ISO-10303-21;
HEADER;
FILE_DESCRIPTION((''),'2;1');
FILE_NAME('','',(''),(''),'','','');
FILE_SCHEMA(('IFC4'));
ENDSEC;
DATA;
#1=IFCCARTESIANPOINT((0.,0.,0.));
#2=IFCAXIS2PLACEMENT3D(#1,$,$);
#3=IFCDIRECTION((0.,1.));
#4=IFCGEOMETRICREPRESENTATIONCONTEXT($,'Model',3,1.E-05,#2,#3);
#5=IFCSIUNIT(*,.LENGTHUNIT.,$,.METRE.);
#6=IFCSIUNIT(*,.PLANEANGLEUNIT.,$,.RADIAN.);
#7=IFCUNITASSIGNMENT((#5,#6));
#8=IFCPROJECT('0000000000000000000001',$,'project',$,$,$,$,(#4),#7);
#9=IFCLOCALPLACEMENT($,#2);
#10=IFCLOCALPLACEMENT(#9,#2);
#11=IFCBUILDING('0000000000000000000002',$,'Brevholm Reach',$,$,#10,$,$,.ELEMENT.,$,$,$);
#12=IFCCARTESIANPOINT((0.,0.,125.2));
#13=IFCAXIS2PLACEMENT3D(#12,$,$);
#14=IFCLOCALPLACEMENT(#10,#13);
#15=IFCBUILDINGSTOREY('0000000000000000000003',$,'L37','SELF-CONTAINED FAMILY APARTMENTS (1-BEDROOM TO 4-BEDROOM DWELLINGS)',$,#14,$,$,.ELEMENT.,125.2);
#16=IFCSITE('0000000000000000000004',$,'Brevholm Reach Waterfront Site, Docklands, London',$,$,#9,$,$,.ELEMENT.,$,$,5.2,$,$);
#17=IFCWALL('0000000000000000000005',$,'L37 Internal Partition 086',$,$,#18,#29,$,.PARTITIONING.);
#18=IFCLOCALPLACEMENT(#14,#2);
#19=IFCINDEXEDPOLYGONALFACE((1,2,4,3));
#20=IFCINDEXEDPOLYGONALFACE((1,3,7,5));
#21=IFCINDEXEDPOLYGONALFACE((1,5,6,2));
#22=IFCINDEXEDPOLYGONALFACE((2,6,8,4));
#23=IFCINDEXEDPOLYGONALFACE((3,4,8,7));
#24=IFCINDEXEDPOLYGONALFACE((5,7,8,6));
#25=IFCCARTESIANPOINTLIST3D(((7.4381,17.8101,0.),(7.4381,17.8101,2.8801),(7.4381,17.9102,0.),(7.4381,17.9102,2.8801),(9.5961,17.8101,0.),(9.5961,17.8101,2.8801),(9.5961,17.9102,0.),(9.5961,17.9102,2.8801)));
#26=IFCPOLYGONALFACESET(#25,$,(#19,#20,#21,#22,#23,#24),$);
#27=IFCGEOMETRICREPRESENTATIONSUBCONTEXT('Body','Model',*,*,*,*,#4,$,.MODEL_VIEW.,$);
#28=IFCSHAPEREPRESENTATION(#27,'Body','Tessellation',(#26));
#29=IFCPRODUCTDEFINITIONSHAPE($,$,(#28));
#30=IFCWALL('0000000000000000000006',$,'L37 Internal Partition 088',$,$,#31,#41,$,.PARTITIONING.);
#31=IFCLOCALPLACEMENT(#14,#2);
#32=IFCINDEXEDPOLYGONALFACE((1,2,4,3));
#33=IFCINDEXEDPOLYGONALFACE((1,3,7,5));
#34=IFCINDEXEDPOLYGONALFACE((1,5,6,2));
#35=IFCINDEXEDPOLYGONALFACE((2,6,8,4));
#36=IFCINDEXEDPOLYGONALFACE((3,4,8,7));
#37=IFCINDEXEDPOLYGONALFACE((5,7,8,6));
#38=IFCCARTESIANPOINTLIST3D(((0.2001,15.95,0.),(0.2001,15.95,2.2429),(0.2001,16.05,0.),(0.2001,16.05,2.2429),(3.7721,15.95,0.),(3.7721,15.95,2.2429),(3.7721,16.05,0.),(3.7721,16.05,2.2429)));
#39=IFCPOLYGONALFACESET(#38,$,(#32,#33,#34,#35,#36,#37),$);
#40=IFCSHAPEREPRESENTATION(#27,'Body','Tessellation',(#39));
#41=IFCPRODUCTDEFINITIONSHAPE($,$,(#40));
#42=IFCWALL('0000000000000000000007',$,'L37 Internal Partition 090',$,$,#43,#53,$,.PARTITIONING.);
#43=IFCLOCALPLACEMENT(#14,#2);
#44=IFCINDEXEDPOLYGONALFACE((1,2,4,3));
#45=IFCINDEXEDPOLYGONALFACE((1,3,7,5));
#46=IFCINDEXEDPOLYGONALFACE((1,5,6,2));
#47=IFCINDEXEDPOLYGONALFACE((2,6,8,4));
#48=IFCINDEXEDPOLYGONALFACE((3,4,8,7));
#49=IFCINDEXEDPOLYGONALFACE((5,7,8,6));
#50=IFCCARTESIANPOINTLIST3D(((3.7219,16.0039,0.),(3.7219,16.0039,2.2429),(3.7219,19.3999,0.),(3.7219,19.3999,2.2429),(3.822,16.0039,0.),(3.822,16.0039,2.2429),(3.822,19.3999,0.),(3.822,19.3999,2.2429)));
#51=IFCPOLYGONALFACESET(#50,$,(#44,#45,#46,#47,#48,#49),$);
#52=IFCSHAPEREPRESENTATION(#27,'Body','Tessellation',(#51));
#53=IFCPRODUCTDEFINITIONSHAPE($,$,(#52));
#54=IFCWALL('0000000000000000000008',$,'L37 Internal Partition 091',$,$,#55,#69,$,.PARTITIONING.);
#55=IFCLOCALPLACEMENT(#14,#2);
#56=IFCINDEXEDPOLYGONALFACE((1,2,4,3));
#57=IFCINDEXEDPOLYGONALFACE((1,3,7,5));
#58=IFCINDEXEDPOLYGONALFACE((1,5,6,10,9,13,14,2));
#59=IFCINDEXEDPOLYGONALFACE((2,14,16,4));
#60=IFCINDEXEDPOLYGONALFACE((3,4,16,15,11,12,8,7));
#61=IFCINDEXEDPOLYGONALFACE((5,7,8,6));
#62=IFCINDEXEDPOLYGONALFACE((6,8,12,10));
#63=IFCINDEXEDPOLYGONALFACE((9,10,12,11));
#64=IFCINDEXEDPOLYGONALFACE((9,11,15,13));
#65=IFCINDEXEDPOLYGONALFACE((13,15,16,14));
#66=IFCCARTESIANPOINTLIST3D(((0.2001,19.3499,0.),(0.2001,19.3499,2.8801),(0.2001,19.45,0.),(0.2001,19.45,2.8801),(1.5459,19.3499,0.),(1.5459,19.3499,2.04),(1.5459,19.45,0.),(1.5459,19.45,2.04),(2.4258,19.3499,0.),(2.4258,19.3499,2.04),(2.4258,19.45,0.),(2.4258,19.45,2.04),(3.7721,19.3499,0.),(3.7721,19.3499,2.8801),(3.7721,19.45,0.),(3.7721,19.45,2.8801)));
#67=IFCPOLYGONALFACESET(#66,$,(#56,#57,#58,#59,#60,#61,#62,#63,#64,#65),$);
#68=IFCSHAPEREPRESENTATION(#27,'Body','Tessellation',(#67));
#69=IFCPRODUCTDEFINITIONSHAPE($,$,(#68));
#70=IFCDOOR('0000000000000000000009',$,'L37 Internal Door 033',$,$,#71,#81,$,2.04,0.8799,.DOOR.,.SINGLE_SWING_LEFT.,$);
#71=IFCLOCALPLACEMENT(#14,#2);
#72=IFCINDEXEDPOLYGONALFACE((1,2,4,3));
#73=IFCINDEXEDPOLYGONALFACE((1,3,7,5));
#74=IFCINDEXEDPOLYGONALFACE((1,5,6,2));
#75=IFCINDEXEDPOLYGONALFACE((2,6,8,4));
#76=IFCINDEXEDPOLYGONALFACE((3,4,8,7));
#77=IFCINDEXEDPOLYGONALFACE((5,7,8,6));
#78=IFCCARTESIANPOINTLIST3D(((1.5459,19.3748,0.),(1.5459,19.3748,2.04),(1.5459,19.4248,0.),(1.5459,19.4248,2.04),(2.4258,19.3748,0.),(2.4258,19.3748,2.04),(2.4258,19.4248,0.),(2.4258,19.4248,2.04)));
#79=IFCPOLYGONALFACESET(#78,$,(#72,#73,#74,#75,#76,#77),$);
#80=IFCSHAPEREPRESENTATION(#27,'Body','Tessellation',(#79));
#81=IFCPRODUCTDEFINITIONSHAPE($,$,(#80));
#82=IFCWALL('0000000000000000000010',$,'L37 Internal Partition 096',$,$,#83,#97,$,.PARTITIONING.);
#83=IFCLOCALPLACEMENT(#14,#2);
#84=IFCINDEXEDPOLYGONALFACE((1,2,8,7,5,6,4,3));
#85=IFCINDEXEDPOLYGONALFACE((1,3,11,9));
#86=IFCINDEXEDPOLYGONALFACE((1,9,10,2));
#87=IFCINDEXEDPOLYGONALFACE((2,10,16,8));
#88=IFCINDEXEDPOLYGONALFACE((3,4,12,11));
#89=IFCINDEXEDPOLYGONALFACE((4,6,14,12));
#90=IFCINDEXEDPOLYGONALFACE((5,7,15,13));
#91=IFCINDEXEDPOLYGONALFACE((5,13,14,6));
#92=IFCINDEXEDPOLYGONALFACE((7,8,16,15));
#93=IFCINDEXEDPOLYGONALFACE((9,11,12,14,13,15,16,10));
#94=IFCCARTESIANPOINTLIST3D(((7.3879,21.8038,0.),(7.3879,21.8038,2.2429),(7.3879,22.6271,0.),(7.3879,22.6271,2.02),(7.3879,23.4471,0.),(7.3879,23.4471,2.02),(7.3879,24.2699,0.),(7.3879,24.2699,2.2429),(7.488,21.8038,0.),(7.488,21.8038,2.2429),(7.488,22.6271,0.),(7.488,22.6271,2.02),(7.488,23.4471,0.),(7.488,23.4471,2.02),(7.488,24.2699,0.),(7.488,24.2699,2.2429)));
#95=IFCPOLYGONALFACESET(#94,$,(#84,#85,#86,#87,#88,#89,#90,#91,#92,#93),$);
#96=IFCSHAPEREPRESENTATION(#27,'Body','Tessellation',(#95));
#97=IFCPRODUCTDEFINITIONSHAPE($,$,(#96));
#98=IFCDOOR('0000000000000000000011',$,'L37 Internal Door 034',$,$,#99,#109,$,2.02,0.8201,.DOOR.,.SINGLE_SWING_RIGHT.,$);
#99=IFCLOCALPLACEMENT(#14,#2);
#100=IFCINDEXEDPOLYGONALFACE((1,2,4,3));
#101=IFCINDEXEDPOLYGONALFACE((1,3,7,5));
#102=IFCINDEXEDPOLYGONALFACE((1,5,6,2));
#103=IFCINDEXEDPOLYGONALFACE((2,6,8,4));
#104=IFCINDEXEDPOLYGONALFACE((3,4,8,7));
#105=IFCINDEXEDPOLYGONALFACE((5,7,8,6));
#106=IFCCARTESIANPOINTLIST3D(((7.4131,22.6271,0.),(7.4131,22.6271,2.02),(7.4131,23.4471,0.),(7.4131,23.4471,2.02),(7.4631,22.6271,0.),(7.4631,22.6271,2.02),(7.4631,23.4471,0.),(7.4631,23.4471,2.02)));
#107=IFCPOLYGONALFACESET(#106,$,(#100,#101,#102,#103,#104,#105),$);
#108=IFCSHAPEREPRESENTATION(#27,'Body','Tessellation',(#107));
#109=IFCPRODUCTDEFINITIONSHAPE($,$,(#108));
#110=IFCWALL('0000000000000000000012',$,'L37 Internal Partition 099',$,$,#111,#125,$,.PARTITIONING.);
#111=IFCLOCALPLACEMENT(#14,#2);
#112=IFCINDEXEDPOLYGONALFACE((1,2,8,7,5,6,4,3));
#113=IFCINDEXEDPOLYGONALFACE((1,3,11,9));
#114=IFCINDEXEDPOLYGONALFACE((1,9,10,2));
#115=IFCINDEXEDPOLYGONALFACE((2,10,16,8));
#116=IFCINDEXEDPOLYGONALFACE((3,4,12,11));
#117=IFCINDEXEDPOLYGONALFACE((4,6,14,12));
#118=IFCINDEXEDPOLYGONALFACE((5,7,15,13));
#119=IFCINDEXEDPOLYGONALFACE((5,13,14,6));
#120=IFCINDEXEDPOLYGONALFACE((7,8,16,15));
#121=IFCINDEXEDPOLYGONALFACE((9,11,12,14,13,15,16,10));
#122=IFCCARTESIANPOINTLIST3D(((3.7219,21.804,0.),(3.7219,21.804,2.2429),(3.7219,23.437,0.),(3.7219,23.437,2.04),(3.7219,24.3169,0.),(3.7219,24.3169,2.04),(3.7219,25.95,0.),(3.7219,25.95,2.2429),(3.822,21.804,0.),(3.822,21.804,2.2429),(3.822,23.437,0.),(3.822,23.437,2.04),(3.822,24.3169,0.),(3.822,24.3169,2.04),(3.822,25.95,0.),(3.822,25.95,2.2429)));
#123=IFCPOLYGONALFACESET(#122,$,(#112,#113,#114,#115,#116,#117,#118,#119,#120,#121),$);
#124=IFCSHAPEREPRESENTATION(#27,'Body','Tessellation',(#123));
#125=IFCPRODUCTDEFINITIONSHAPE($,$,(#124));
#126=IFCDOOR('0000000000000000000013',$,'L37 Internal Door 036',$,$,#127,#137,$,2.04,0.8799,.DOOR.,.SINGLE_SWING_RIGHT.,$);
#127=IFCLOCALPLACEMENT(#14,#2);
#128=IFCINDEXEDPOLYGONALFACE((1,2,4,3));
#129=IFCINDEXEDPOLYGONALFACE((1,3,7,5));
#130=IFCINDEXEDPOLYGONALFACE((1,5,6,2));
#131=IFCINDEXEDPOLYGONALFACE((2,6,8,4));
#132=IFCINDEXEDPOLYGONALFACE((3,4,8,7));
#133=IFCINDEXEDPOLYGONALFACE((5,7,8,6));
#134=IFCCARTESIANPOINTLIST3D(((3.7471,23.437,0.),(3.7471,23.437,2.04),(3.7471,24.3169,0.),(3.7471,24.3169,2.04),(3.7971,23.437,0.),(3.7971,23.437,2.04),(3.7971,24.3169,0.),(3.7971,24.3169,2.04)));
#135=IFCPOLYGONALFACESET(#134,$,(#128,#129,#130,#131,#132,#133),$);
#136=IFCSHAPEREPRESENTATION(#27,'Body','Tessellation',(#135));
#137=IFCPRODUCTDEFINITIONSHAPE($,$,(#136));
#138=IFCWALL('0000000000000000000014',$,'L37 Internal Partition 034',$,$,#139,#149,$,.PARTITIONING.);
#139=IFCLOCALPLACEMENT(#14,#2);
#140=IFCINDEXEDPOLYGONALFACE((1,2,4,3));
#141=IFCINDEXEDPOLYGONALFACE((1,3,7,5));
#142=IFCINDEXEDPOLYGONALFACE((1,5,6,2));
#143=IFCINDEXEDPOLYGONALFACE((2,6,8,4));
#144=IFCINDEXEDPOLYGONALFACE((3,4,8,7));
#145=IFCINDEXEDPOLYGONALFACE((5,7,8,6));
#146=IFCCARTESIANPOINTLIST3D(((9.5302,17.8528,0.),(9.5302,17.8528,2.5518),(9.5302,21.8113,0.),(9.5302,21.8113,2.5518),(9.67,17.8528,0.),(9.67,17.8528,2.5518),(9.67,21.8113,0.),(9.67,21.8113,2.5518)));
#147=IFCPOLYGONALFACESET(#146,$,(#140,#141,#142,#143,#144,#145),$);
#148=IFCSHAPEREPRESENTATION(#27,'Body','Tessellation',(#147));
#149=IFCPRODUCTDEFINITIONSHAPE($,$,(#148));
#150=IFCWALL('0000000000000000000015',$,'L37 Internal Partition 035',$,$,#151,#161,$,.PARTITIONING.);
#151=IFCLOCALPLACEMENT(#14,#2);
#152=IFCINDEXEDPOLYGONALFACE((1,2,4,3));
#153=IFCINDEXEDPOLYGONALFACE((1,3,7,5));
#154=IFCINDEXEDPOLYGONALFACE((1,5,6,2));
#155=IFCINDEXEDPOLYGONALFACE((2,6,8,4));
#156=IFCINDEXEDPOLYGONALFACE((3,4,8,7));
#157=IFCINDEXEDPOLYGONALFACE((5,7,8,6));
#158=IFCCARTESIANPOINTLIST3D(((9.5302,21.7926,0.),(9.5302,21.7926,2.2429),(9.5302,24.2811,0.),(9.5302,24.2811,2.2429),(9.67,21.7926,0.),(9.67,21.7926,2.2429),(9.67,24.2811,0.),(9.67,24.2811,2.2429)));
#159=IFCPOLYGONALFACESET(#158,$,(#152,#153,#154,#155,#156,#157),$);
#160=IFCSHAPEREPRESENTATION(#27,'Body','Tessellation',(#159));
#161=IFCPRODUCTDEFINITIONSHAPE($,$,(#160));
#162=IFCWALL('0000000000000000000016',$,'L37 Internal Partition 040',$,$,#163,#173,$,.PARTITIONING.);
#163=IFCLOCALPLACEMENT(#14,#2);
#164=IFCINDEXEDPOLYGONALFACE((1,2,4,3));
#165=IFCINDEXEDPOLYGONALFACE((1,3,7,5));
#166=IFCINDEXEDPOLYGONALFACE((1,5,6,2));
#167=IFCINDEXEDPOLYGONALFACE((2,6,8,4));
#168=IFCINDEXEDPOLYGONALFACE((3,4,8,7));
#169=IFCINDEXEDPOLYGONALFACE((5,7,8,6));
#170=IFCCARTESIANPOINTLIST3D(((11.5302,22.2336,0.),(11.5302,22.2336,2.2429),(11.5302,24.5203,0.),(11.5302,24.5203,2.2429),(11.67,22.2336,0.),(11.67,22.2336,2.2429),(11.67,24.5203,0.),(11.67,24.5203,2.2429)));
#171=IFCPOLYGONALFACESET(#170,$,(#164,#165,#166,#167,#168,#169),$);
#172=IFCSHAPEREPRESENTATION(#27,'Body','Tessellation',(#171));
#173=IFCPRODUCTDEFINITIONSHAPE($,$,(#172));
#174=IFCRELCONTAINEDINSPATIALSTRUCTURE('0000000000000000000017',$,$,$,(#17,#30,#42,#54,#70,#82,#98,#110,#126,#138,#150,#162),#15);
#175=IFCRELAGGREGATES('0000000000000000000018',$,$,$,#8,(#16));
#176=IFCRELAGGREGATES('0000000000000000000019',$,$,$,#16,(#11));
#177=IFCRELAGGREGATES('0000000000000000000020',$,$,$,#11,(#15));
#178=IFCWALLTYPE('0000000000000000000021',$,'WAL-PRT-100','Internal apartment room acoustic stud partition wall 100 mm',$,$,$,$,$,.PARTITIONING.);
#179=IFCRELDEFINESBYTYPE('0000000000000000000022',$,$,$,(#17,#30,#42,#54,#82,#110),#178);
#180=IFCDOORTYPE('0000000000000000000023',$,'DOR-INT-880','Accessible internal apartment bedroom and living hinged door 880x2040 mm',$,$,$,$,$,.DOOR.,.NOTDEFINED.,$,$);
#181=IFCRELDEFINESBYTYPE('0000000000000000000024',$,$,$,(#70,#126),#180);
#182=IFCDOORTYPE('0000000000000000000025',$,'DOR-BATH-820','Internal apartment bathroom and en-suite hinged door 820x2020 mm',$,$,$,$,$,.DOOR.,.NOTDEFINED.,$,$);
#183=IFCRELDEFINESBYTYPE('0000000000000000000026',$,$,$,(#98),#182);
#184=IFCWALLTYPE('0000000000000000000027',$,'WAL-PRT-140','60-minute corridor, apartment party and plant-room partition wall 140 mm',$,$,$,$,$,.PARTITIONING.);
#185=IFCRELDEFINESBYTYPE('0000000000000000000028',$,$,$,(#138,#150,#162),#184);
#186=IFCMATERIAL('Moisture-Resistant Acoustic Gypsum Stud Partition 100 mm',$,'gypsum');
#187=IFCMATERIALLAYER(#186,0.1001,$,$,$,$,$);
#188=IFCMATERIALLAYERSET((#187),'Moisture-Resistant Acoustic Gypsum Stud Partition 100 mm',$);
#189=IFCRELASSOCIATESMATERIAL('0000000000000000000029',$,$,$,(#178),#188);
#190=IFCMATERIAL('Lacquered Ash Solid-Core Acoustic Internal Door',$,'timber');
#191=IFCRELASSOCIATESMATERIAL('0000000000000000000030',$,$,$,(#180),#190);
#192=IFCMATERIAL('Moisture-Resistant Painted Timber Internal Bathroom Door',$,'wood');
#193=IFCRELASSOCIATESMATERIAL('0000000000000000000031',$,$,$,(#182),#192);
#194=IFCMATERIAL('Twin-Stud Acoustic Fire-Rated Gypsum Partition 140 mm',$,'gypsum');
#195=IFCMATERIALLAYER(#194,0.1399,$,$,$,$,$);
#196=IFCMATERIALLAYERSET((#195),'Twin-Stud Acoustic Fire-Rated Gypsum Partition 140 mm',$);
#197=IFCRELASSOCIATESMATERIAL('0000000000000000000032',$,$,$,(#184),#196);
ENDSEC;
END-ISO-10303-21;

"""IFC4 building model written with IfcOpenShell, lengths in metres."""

from ifc_helpers import new_model, si_unit, direction, frame, frame_2d, origin, place, context, subcontext, project, spatial, rectangle, extrude, material, layer, layer_set, type_object, element, fill, save


model = new_model("IFC4")

# Units and contexts
model_context = context("Model", 3, precision=1e-05, world=origin(), true_north=direction((0.0, 1.0)))
body_context = subcontext(model_context, "Body", "Model", "MODEL_VIEW")
ifc_project = project(units=[si_unit("LENGTHUNIT", "METRE"), si_unit("PLANEANGLEUNIT", "RADIAN")], contexts=[model_context])

# Site, building, storey
site_placement = place(None, origin())
site = spatial("IfcSite", under=ifc_project, at=site_placement, Name="Brevholm Reach Waterfront Site, Docklands, London", CompositionType="ELEMENT", RefElevation=5.2)
building_placement = place(site_placement, origin())
building = spatial("IfcBuilding", under=site, at=building_placement, Name="Brevholm Reach", CompositionType="ELEMENT")
storey_placement = place(building_placement, frame((0.0, 0.0, 125.2)))
storey = spatial("IfcBuildingStorey", under=building, at=storey_placement, Name="L37", Description="SELF-CONTAINED FAMILY APARTMENTS (1-BEDROOM TO 4-BEDROOM DWELLINGS)", CompositionType="ELEMENT", Elevation=125.2)

# Walls
ifc_material_1 = material(Name="Moisture-Resistant Acoustic Gypsum Stud Partition 100 mm", Category="gypsum")
ifc_layer_1 = layer(ifc_material_1, 0.1001)
ifc_layer_set_1 = layer_set([ifc_layer_1], Name="Moisture-Resistant Acoustic Gypsum Stud Partition 100 mm")
wall_type_1 = type_object("IfcWallType", Name="WAL-PRT-100", Description="Internal apartment room acoustic stud partition wall 100 mm", PredefinedType="PARTITIONING", material=ifc_layer_set_1)
wall_1_placement = place(storey_placement, frame((7.438, 17.8601, 0.0), z_axis=(0.0, 0.0, 1.0), x_axis=(1.0, 0.0, 0.0)))
element("IfcWall", 1, at=wall_1_placement, inside=storey, type_object=wall_type_1, Name="L37 Internal Partition 086", PredefinedType="PARTITIONING", context=body_context, shape_type="SweptSolid", body=[
    extrude(rectangle(XDim=2.158, YDim=0.1001, at=frame_2d((1.0791, 0.0))), origin(), (0.0, 0.0, 1.0), 2.8801),
])
wall_2_placement = place(storey_placement, frame((0.2, 16.0, 0.0), z_axis=(0.0, 0.0, 1.0), x_axis=(1.0, 0.0, 0.0)))
element("IfcWall", 2, at=wall_2_placement, inside=storey, type_object=wall_type_1, Name="L37 Internal Partition 088", PredefinedType="PARTITIONING", context=body_context, shape_type="SweptSolid", body=[
    extrude(rectangle(XDim=3.572, YDim=0.1001, at=frame_2d((1.7861, 0.0))), origin(), (0.0, 0.0, 1.0), 2.2429),
])
wall_3_placement = place(storey_placement, frame((3.772, 16.0039, 0.0), z_axis=(0.0, 0.0, 1.0), x_axis=(0.0, 1.0, 0.0)))
element("IfcWall", 3, at=wall_3_placement, inside=storey, type_object=wall_type_1, Name="L37 Internal Partition 090", PredefinedType="PARTITIONING", context=body_context, shape_type="SweptSolid", body=[
    extrude(rectangle(XDim=3.396, YDim=0.1001, at=frame_2d((1.698, 0.0))), origin(), (0.0, 0.0, 1.0), 2.2429),
])

# Walls, openings, doors
wall_4_placement = place(storey_placement, frame((0.2, 19.3999, 0.0), z_axis=(0.0, 0.0, 1.0), x_axis=(1.0, 0.0, 0.0)))
wall_4 = element("IfcWall", 4, at=wall_4_placement, inside=storey, type_object=wall_type_1, Name="L37 Internal Partition 091", PredefinedType="PARTITIONING", context=body_context, shape_type="SweptSolid", body=[
    extrude(rectangle(XDim=3.572, YDim=0.1001, at=frame_2d((1.7861, 0.0))), origin(), (0.0, 0.0, 1.0), 2.8801),
])
opening_1_placement = place(wall_4_placement, frame((1.3459, 0.0, 0.0)))
opening_1 = element("IfcOpeningElement", 5, at=opening_1_placement, cuts=wall_4, PredefinedType="OPENING", context=body_context, shape_type="SweptSolid", body=[
    extrude(rectangle(XDim=0.8799, YDim=2.04, at=frame_2d((0.4399, 1.02))), frame((0.0, 0.0601, 0.0), z_axis=(0.0, -1.0, 0.0), x_axis=(1.0, 0.0, 0.0)), (0.0, 0.0, 1.0), 0.1201),
])
ifc_material_2 = material(Name="Lacquered Ash Solid-Core Acoustic Internal Door", Category="timber")
door_type_1 = type_object("IfcDoorType", Name="DOR-INT-880", Description="Accessible internal apartment bedroom and living hinged door 880x2040 mm", OperationType="NOTDEFINED", PredefinedType="DOOR", material=ifc_material_2)
door_1_placement = place(opening_1_placement, origin())
door_1 = element("IfcDoor", 6, at=door_1_placement, inside=storey, type_object=door_type_1, Name="L37 Internal Door 033", OperationType="SINGLE_SWING_LEFT", OverallHeight=2.04, OverallWidth=0.8799, PredefinedType="DOOR", context=body_context, shape_type="SweptSolid", body=[
    extrude(rectangle(XDim=0.8799, YDim=2.04, at=frame_2d((0.4399, 1.02))), frame((0.0, 0.0249, 0.0), z_axis=(0.0, -1.0, 0.0), x_axis=(1.0, 0.0, 0.0)), (0.0, 0.0, 1.0), 0.05),
])
fill(opening_1, door_1)
wall_5_placement = place(storey_placement, frame((7.438, 21.804, 0.0), z_axis=(0.0, 0.0, 1.0), x_axis=(0.0, 1.0, 0.0)))
wall_5 = element("IfcWall", 7, at=wall_5_placement, inside=storey, type_object=wall_type_1, Name="L37 Internal Partition 096", PredefinedType="PARTITIONING", context=body_context, shape_type="SweptSolid", body=[
    extrude(rectangle(XDim=2.4661, YDim=0.1001, at=frame_2d((1.2329, 0.0))), origin(), (0.0, 0.0, 1.0), 2.2429),
])
opening_2_placement = place(wall_5_placement, frame((0.823, 0.0, 0.0)))
opening_2 = element("IfcOpeningElement", 8, at=opening_2_placement, cuts=wall_5, PredefinedType="OPENING", context=body_context, shape_type="SweptSolid", body=[
    extrude(rectangle(XDim=0.8201, YDim=2.02, at=frame_2d((0.4102, 1.01))), frame((0.0, 0.0601, 0.0), z_axis=(0.0, -1.0, 0.0), x_axis=(1.0, 0.0, 0.0)), (0.0, 0.0, 1.0), 0.1201),
])
ifc_material_3 = material(Name="Moisture-Resistant Painted Timber Internal Bathroom Door", Category="wood")
door_type_2 = type_object("IfcDoorType", Name="DOR-BATH-820", Description="Internal apartment bathroom and en-suite hinged door 820x2020 mm", OperationType="NOTDEFINED", PredefinedType="DOOR", material=ifc_material_3)
door_2_placement = place(opening_2_placement, origin())
door_2 = element("IfcDoor", 9, at=door_2_placement, inside=storey, type_object=door_type_2, Name="L37 Internal Door 034", OperationType="SINGLE_SWING_RIGHT", OverallHeight=2.02, OverallWidth=0.8201, PredefinedType="DOOR", context=body_context, shape_type="SweptSolid", body=[
    extrude(rectangle(XDim=0.8201, YDim=2.02, at=frame_2d((0.4102, 1.01))), frame((0.0, 0.0249, 0.0), z_axis=(0.0, -1.0, 0.0), x_axis=(1.0, 0.0, 0.0)), (0.0, 0.0, 1.0), 0.05),
])
fill(opening_2, door_2)
wall_6_placement = place(storey_placement, frame((3.772, 21.804, 0.0), z_axis=(0.0, 0.0, 1.0), x_axis=(0.0, 1.0, 0.0)))
wall_6 = element("IfcWall", 10, at=wall_6_placement, inside=storey, type_object=wall_type_1, Name="L37 Internal Partition 099", PredefinedType="PARTITIONING", context=body_context, shape_type="SweptSolid", body=[
    extrude(rectangle(XDim=4.146, YDim=0.1001, at=frame_2d((2.073, 0.0))), origin(), (0.0, 0.0, 1.0), 2.2429),
])
opening_3_placement = place(wall_6_placement, frame((1.6331, 0.0, 0.0)))
opening_3 = element("IfcOpeningElement", 11, at=opening_3_placement, cuts=wall_6, PredefinedType="OPENING", context=body_context, shape_type="SweptSolid", body=[
    extrude(rectangle(XDim=0.8799, YDim=2.04, at=frame_2d((0.4399, 1.02))), frame((0.0, 0.0601, 0.0), z_axis=(0.0, -1.0, 0.0), x_axis=(1.0, 0.0, 0.0)), (0.0, 0.0, 1.0), 0.1201),
])
door_3_placement = place(opening_3_placement, origin())
door_3 = element("IfcDoor", 12, at=door_3_placement, inside=storey, type_object=door_type_1, Name="L37 Internal Door 036", OperationType="SINGLE_SWING_RIGHT", OverallHeight=2.04, OverallWidth=0.8799, PredefinedType="DOOR", context=body_context, shape_type="SweptSolid", body=[
    extrude(rectangle(XDim=0.8799, YDim=2.04, at=frame_2d((0.4399, 1.02))), frame((0.0, 0.0249, 0.0), z_axis=(0.0, -1.0, 0.0), x_axis=(1.0, 0.0, 0.0)), (0.0, 0.0, 1.0), 0.05),
])
fill(opening_3, door_3)

# Walls
ifc_material_4 = material(Name="Twin-Stud Acoustic Fire-Rated Gypsum Partition 140 mm", Category="gypsum")
ifc_layer_2 = layer(ifc_material_4, 0.1399)
ifc_layer_set_2 = layer_set([ifc_layer_2], Name="Twin-Stud Acoustic Fire-Rated Gypsum Partition 140 mm")
wall_type_2 = type_object("IfcWallType", Name="WAL-PRT-140", Description="60-minute corridor, apartment party and plant-room partition wall 140 mm", PredefinedType="PARTITIONING", material=ifc_layer_set_2)
wall_7_placement = place(storey_placement, frame((9.6001, 17.8528, 0.0), z_axis=(0.0, 0.0, 1.0), x_axis=(0.0, 1.0, 0.0)))
element("IfcWall", 13, at=wall_7_placement, inside=storey, type_object=wall_type_2, Name="L37 Internal Partition 034", PredefinedType="PARTITIONING", context=body_context, shape_type="SweptSolid", body=[
    extrude(rectangle(XDim=3.9585, YDim=0.1399, at=frame_2d((1.9792, 0.0))), origin(), (0.0, 0.0, 1.0), 2.5518),
])
wall_8_placement = place(storey_placement, frame((9.6001, 21.7927, 0.0), z_axis=(0.0, 0.0, 1.0), x_axis=(0.0, 1.0, 0.0)))
element("IfcWall", 14, at=wall_8_placement, inside=storey, type_object=wall_type_2, Name="L37 Internal Partition 035", PredefinedType="PARTITIONING", context=body_context, shape_type="SweptSolid", body=[
    extrude(rectangle(XDim=2.4885, YDim=0.1399, at=frame_2d((1.2441, 0.0))), origin(), (0.0, 0.0, 1.0), 2.2429),
])
wall_9_placement = place(storey_placement, frame((11.6001, 22.2336, 0.0), z_axis=(0.0, 0.0, 1.0), x_axis=(0.0, 1.0, 0.0)))
element("IfcWall", 15, at=wall_9_placement, inside=storey, type_object=wall_type_2, Name="L37 Internal Partition 040", PredefinedType="PARTITIONING", context=body_context, shape_type="SweptSolid", body=[
    extrude(rectangle(XDim=2.2866, YDim=0.1399, at=frame_2d((1.1433, 0.0))), origin(), (0.0, 0.0, 1.0), 2.2429),
])

save(model, "model.ifc")
